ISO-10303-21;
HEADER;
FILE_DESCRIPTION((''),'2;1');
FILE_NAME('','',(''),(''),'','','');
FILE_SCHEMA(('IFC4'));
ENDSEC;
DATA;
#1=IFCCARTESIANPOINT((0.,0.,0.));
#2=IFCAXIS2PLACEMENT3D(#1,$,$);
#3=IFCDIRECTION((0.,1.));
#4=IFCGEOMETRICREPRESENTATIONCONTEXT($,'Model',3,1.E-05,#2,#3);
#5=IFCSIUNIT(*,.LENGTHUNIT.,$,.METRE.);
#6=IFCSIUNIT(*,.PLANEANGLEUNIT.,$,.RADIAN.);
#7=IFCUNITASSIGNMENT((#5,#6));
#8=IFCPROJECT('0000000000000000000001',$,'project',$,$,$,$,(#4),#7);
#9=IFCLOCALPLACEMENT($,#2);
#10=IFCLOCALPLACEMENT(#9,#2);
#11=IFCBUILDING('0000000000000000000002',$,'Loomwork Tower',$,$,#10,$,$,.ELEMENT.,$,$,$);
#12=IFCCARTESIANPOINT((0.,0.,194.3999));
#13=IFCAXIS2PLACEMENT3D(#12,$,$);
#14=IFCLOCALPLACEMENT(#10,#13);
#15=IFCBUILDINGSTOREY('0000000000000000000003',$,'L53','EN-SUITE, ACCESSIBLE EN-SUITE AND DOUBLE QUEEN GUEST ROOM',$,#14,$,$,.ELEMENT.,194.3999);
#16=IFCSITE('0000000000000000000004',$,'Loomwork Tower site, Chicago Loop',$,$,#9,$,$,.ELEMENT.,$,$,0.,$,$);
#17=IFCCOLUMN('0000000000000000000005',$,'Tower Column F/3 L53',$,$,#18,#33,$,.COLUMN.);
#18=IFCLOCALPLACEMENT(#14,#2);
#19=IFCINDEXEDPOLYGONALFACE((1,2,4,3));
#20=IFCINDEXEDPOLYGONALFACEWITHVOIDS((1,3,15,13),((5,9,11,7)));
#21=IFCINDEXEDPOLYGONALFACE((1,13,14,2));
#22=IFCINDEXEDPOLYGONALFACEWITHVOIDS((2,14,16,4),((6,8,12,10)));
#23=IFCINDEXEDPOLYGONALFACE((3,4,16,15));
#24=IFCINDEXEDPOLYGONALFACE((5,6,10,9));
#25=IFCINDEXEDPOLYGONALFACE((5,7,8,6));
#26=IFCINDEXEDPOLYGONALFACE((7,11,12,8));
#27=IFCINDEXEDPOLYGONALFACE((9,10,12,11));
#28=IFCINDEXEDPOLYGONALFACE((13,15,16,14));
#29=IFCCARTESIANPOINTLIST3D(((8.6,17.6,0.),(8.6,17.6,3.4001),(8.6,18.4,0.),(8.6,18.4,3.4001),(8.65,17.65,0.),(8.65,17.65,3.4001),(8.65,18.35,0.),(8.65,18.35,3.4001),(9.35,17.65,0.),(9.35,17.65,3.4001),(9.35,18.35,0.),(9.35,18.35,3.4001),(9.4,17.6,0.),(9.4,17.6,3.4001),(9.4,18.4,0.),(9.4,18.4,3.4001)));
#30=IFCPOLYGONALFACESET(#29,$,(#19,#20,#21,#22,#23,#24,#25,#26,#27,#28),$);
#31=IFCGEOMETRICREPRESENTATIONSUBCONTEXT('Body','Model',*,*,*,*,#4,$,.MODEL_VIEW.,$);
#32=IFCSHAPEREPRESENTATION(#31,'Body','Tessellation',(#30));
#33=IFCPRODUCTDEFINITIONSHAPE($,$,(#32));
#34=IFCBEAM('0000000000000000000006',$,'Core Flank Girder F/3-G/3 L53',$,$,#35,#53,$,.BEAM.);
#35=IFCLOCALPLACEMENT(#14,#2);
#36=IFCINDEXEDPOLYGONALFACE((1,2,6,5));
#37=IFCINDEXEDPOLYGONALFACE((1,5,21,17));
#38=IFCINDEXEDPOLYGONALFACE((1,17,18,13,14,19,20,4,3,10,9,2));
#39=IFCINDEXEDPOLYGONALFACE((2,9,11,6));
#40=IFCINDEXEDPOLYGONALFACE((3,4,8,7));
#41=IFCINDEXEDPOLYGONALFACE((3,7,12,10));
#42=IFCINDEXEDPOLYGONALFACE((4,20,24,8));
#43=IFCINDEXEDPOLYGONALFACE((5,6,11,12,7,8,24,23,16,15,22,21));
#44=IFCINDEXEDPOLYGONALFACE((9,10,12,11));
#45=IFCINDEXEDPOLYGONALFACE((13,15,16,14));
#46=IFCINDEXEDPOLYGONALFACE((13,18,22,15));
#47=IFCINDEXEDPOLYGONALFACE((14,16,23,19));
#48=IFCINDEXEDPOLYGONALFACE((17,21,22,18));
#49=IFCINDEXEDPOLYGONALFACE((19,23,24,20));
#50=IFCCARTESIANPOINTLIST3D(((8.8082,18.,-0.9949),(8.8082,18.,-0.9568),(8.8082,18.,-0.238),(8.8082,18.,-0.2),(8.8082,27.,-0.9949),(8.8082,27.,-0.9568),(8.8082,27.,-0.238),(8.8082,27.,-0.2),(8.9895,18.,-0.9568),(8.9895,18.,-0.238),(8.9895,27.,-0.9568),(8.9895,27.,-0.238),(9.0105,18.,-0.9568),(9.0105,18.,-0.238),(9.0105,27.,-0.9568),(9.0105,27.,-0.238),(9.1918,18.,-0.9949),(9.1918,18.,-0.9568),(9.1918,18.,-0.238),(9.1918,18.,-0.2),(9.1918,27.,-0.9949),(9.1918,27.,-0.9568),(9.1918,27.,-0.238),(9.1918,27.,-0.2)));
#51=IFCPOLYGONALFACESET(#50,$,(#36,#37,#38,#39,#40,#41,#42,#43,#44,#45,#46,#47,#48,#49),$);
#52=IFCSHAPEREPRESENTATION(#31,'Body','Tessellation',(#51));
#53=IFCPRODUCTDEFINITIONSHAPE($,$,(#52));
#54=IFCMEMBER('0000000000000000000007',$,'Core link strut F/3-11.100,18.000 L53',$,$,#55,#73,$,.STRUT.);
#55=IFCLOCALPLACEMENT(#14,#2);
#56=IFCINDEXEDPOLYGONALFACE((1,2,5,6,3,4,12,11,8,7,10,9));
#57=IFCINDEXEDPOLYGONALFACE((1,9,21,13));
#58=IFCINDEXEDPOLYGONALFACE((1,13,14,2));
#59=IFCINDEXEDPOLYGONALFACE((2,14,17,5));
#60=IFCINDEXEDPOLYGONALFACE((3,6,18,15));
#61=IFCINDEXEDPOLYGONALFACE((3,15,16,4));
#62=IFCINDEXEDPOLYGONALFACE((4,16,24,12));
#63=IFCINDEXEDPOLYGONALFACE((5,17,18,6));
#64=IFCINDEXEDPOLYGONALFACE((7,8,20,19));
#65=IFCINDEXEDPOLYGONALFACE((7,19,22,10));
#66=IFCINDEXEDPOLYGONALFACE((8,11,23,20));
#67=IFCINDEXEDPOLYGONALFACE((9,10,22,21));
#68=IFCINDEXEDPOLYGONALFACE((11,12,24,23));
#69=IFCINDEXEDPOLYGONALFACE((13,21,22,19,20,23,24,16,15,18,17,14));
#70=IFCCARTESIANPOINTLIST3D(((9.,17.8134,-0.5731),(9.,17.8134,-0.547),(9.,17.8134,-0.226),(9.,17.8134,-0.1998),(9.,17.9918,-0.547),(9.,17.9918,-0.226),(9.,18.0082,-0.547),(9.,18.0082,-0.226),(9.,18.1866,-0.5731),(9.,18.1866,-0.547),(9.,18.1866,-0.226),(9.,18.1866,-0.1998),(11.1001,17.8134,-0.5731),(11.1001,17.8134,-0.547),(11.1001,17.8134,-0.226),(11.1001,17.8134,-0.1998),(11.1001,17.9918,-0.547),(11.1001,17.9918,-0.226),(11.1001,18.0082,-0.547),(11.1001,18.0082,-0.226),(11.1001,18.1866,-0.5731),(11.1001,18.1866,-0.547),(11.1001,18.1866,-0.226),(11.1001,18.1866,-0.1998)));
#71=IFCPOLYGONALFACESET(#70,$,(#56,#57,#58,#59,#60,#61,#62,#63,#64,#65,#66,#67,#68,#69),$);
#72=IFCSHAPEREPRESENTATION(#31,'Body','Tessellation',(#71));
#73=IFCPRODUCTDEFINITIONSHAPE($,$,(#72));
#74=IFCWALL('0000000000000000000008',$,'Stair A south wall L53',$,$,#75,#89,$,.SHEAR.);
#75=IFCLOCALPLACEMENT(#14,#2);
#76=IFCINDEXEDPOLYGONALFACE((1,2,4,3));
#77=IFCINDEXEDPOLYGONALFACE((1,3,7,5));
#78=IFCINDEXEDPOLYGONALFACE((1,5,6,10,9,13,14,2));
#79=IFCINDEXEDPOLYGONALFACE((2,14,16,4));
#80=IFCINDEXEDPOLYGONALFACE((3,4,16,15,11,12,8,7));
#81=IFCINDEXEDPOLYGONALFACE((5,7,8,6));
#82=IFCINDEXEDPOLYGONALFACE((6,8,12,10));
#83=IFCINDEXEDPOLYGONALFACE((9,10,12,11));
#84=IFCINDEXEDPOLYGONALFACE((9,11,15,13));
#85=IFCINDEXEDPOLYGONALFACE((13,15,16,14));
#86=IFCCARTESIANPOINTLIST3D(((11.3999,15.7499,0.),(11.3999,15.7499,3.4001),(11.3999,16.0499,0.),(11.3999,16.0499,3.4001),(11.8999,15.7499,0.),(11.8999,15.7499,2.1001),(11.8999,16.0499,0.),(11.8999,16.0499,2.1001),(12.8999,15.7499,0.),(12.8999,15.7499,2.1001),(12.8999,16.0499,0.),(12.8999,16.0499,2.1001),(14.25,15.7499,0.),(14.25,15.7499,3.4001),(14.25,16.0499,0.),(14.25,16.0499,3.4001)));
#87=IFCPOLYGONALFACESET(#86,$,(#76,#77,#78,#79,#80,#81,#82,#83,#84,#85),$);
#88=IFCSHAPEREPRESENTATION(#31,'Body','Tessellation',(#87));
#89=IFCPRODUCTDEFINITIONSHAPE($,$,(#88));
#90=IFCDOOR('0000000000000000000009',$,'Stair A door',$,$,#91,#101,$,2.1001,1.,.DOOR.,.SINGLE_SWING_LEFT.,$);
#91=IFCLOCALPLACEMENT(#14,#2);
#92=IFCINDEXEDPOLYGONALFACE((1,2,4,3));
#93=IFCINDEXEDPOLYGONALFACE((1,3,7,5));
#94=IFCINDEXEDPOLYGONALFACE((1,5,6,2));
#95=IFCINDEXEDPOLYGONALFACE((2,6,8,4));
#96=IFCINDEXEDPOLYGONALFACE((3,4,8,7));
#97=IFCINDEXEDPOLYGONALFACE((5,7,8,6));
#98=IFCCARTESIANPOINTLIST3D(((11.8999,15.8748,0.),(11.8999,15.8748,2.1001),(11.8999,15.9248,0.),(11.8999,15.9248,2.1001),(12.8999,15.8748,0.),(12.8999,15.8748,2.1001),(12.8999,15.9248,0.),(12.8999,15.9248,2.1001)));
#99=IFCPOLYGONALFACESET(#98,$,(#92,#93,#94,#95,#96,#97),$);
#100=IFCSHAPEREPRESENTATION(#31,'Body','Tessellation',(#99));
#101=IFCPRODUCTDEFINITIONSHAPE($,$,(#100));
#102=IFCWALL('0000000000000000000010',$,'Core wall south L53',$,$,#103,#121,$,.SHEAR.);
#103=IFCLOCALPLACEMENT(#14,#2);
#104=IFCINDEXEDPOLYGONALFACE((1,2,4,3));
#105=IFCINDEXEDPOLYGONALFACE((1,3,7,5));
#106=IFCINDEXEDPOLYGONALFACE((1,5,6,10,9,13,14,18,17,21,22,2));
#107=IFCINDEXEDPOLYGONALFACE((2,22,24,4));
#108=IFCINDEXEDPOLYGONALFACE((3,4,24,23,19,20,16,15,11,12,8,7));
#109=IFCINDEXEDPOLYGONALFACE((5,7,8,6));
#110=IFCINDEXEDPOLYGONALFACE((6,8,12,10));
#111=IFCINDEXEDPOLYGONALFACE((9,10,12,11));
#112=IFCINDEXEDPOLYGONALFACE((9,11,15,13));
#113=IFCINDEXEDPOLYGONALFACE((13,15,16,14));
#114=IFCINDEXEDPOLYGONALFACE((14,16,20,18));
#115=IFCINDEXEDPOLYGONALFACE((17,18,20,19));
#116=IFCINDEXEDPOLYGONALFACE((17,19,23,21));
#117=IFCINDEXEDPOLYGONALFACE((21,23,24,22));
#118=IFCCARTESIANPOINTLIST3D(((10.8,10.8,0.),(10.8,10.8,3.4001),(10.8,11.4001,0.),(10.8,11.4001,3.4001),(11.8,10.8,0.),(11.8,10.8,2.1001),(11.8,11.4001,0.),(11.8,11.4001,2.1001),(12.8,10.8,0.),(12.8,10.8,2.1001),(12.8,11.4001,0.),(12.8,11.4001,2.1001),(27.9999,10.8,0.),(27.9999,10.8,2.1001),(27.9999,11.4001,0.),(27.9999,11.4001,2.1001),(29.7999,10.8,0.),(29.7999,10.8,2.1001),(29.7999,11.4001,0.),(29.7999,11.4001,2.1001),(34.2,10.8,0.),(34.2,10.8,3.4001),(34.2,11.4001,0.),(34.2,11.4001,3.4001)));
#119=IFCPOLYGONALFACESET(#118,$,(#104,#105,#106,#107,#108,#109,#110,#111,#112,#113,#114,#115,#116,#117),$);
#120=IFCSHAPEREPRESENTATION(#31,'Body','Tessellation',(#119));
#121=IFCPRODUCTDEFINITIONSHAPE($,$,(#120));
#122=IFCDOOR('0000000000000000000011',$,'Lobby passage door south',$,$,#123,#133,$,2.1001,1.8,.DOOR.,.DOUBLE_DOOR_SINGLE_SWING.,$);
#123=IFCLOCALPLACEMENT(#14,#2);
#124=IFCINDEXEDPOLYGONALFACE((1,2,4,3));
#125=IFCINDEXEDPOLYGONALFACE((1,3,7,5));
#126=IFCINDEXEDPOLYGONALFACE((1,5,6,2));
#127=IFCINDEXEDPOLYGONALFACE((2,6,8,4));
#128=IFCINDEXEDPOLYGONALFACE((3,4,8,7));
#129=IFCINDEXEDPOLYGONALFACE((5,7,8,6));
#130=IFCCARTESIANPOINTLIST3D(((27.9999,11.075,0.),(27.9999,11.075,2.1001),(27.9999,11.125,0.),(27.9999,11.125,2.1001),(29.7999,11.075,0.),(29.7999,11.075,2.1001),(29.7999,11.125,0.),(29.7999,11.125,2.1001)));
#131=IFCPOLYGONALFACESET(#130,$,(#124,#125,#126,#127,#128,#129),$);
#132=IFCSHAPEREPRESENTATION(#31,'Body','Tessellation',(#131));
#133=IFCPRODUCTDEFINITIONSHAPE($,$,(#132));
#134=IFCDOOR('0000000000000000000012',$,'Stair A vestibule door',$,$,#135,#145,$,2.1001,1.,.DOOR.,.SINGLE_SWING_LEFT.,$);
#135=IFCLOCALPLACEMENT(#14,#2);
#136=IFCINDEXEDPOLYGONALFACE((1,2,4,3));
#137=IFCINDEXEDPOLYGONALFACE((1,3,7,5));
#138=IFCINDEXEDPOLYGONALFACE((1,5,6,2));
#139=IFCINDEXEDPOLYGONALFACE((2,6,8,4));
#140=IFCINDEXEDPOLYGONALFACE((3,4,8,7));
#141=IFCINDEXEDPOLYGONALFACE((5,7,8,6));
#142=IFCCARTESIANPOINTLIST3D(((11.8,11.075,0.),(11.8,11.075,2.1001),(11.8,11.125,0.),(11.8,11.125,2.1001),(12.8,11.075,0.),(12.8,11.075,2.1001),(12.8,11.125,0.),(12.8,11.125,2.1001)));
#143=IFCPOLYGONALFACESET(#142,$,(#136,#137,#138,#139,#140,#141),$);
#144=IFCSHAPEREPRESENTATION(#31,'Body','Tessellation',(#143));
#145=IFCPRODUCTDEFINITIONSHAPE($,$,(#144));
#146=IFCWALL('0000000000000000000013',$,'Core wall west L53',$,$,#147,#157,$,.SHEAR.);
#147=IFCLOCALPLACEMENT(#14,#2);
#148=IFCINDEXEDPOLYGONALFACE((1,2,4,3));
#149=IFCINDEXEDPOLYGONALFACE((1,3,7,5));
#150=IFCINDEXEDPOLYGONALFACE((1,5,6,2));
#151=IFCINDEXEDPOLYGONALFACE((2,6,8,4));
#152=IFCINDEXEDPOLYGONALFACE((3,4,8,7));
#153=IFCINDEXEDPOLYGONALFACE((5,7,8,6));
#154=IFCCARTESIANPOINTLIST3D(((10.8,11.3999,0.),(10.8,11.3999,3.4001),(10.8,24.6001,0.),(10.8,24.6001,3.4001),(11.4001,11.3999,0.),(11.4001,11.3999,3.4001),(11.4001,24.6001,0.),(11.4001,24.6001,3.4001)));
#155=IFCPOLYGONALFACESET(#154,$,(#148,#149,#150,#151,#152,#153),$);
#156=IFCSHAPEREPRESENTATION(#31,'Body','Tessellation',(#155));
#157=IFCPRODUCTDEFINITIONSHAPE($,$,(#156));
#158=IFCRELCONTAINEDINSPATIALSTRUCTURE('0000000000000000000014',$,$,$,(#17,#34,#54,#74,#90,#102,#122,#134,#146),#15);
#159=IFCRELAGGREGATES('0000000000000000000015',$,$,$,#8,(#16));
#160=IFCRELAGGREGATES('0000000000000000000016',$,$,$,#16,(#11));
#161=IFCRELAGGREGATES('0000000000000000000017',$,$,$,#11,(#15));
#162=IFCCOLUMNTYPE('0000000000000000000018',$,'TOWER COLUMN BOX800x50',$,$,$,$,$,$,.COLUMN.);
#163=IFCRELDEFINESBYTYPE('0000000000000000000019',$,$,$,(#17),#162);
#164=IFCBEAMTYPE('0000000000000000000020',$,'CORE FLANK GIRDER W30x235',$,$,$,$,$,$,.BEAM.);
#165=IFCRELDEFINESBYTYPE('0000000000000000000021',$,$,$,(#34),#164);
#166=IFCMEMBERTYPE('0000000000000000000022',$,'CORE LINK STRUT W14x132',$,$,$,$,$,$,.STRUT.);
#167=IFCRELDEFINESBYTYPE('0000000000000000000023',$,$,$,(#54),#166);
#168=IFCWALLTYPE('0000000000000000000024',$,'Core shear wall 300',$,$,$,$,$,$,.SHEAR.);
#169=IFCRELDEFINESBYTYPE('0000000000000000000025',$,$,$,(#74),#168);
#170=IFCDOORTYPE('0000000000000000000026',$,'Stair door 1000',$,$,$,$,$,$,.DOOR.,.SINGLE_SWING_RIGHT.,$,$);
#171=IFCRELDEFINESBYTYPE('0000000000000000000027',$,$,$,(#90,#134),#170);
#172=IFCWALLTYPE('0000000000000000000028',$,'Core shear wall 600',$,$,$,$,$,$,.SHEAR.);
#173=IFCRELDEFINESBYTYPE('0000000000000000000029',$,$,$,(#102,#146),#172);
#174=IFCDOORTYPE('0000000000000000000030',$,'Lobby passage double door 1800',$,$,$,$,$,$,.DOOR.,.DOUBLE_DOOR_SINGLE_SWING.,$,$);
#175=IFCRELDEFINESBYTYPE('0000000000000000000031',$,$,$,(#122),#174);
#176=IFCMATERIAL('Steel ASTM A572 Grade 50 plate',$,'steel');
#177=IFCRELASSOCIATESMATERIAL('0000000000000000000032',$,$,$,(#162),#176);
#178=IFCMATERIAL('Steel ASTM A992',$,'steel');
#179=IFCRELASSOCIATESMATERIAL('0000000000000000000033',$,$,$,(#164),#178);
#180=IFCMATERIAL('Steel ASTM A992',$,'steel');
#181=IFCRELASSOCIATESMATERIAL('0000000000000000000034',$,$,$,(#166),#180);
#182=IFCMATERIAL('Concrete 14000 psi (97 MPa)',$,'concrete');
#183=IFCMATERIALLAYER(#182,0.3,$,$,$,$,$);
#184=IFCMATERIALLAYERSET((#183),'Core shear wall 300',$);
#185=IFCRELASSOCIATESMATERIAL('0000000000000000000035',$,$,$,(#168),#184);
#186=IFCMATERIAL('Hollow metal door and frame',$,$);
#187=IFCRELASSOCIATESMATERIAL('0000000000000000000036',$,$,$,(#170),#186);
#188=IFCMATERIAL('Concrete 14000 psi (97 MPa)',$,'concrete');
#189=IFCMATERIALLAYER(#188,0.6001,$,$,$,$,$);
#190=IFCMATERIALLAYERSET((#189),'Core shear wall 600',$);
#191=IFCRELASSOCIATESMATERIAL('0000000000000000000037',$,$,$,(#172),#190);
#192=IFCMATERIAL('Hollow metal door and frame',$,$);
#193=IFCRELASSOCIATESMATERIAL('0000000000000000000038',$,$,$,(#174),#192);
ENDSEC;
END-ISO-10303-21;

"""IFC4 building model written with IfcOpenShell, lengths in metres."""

from ifc_helpers import new_model, si_unit, direction, frame, frame_2d, origin, origin_2d, place, context, subcontext, project, spatial, rectangle, hollow_rectangle, i_section, extrude, material, layer, layer_set, material_profile, profile_set, type_object, element, fill, save


model = new_model("IFC4")

# Units and contexts
model_context = context("Model", 3, precision=1e-05, world=origin(), true_north=direction((0.0, 1.0)))
body_context = subcontext(model_context, "Body", "Model", "MODEL_VIEW")
ifc_project = project(units=[si_unit("LENGTHUNIT", "METRE"), si_unit("PLANEANGLEUNIT", "RADIAN")], contexts=[model_context])

# Site, building, storey
site_placement = place(None, origin())
site = spatial("IfcSite", under=ifc_project, at=site_placement, Name="Loomwork Tower site, Chicago Loop", CompositionType="ELEMENT", RefElevation=0.0)
building_placement = place(site_placement, origin())
building = spatial("IfcBuilding", under=site, at=building_placement, Name="Loomwork Tower", CompositionType="ELEMENT")
storey_placement = place(building_placement, frame((0.0, 0.0, 194.3999)))
storey = spatial("IfcBuildingStorey", under=building, at=storey_placement, Name="L53", Description="EN-SUITE, ACCESSIBLE EN-SUITE AND DOUBLE QUEEN GUEST ROOM", CompositionType="ELEMENT", Elevation=194.3999)

# Column
ifc_material_1 = material(Name="Steel ASTM A572 Grade 50 plate", Category="steel")
ifc_material_profile_1 = material_profile(ifc_material_1, hollow_rectangle(XDim=0.8, YDim=0.8, WallThickness=0.05, at=origin_2d()), Name="BOX800x50")
ifc_profile_set_1 = profile_set([ifc_material_profile_1], Name="Steel ASTM A572 Grade 50 plate")
column_type = type_object("IfcColumnType", Name="TOWER COLUMN BOX800x50", PredefinedType="COLUMN", material=ifc_profile_set_1)
column_placement = place(storey_placement, frame((9.0, 18.0, 0.0), z_axis=(0.0, 0.0, 1.0), x_axis=(1.0, 0.0, 0.0)))
element("IfcColumn", 1, at=column_placement, inside=storey, type_object=column_type, Name="Tower Column F/3 L53", PredefinedType="COLUMN", context=body_context, shape_type="SweptSolid", body=[
    extrude(hollow_rectangle(XDim=0.8, YDim=0.8, WallThickness=0.05, at=origin_2d()), origin(), (0.0, 0.0, 1.0), 3.4001),
])

# Beam
ifc_material_2 = material(Name="Steel ASTM A992", Category="steel")
ifc_material_profile_2 = material_profile(ifc_material_2, i_section(OverallWidth=0.3835, OverallDepth=0.7949, WebThickness=0.021, FlangeThickness=0.0381, at=origin_2d()), Name="W30x235")
ifc_profile_set_2 = profile_set([ifc_material_profile_2], Name="Steel ASTM A992")
beam_type = type_object("IfcBeamType", Name="CORE FLANK GIRDER W30x235", PredefinedType="BEAM", material=ifc_profile_set_2)
beam_placement = place(storey_placement, frame((9.0, 18.0, -0.5974), z_axis=(0.0, 1.0, 0.0), x_axis=(-1.0, 0.0, 0.0)))
element("IfcBeam", 2, at=beam_placement, inside=storey, type_object=beam_type, Name="Core Flank Girder F/3-G/3 L53", PredefinedType="BEAM", context=body_context, shape_type="SweptSolid", body=[
    extrude(i_section(OverallWidth=0.3835, OverallDepth=0.7949, WebThickness=0.021, FlangeThickness=0.0381, at=origin_2d()), origin(), (0.0, 0.0, 1.0), 9.0),
])

# Member
ifc_material_3 = material(Name="Steel ASTM A992", Category="steel")
ifc_material_profile_3 = material_profile(ifc_material_3, i_section(OverallWidth=0.3733, OverallDepth=0.3733, WebThickness=0.0164, FlangeThickness=0.0261, at=origin_2d()), Name="W14x132")
ifc_profile_set_3 = profile_set([ifc_material_profile_3], Name="Steel ASTM A992")
member_type = type_object("IfcMemberType", Name="CORE LINK STRUT W14x132", PredefinedType="STRUT", material=ifc_profile_set_3)
member_placement = place(storey_placement, frame((9.0, 18.0, -0.3865), z_axis=(1.0, 0.0, 0.0), x_axis=(0.0, 1.0, 0.0)))
element("IfcMember", 3, at=member_placement, inside=storey, type_object=member_type, Name="Core link strut F/3-11.100,18.000 L53", PredefinedType="STRUT", context=body_context, shape_type="SweptSolid", body=[
    extrude(i_section(OverallWidth=0.3733, OverallDepth=0.3733, WebThickness=0.0164, FlangeThickness=0.0261, at=origin_2d()), origin(), (0.0, 0.0, 1.0), 2.1001),
])

# Wall, opening, door
ifc_material_4 = material(Name="Concrete 14000 psi (97 MPa)", Category="concrete")
ifc_layer_1 = layer(ifc_material_4, 0.3)
ifc_layer_set_1 = layer_set([ifc_layer_1], Name="Core shear wall 300")
wall_type_1 = type_object("IfcWallType", Name="Core shear wall 300", PredefinedType="SHEAR", material=ifc_layer_set_1)
wall_1_placement = place(storey_placement, frame((11.3999, 15.8999, 0.0), z_axis=(0.0, 0.0, 1.0), x_axis=(1.0, 0.0, 0.0)))
wall_1 = element("IfcWall", 4, at=wall_1_placement, inside=storey, type_object=wall_type_1, Name="Stair A south wall L53", PredefinedType="SHEAR", context=body_context, shape_type="SweptSolid", body=[
    extrude(rectangle(XDim=2.8501, YDim=0.3, at=frame_2d((1.425, 0.0))), origin(), (0.0, 0.0, 1.0), 3.4001),
])
opening_1_placement = place(wall_1_placement, frame((0.5, 0.0, 0.0)))
opening_1 = element("IfcOpeningElement", 5, at=opening_1_placement, cuts=wall_1, PredefinedType="OPENING", context=body_context, shape_type="SweptSolid", body=[
    extrude(rectangle(XDim=1.0, YDim=2.1001, at=frame_2d((0.5, 1.05))), frame((0.0, 0.1599, 0.0), z_axis=(0.0, -1.0, 0.0), x_axis=(1.0, 0.0, 0.0)), (0.0, 0.0, 1.0), 0.3201),
])
ifc_material_5 = material(Name="Hollow metal door and frame")
door_type_1 = type_object("IfcDoorType", Name="Stair door 1000", OperationType="SINGLE_SWING_RIGHT", PredefinedType="DOOR", material=ifc_material_5)
door_1_placement = place(opening_1_placement, origin())
door_1 = element("IfcDoor", 6, at=door_1_placement, inside=storey, type_object=door_type_1, Name="Stair A door", OperationType="SINGLE_SWING_LEFT", OverallHeight=2.1001, OverallWidth=1.0, PredefinedType="DOOR", context=body_context, shape_type="SweptSolid", body=[
    extrude(rectangle(XDim=1.0, YDim=2.1001, at=frame_2d((0.5, 1.05))), frame((0.0, 0.0249, 0.0), z_axis=(0.0, -1.0, 0.0), x_axis=(1.0, 0.0, 0.0)), (0.0, 0.0, 1.0), 0.05),
])
fill(opening_1, door_1)

# Wall, openings, doors
ifc_material_6 = material(Name="Concrete 14000 psi (97 MPa)", Category="concrete")
ifc_layer_2 = layer(ifc_material_6, 0.6001)
ifc_layer_set_2 = layer_set([ifc_layer_2], Name="Core shear wall 600")
wall_type_2 = type_object("IfcWallType", Name="Core shear wall 600", PredefinedType="SHEAR", material=ifc_layer_set_2)
wall_2_placement = place(storey_placement, frame((10.8, 11.1001, 0.0), z_axis=(0.0, 0.0, 1.0), x_axis=(1.0, 0.0, 0.0)))
wall_2 = element("IfcWall", 7, at=wall_2_placement, inside=storey, type_object=wall_type_2, Name="Core wall south L53", PredefinedType="SHEAR", context=body_context, shape_type="SweptSolid", body=[
    extrude(rectangle(XDim=23.3999, YDim=0.6001, at=frame_2d((11.7, 0.0))), origin(), (0.0, 0.0, 1.0), 3.4001),
])
opening_2_placement = place(wall_2_placement, frame((1.0, 0.0, 0.0)))
opening_2 = element("IfcOpeningElement", 8, at=opening_2_placement, cuts=wall_2, PredefinedType="OPENING", context=body_context, shape_type="SweptSolid", body=[
    extrude(rectangle(XDim=1.0, YDim=2.1001, at=frame_2d((0.5, 1.05))), frame((0.0, 0.3101, 0.0), z_axis=(0.0, -1.0, 0.0), x_axis=(1.0, 0.0, 0.0)), (0.0, 0.0, 1.0), 0.6201),
])
opening_3_placement = place(wall_2_placement, frame((17.2, 0.0, 0.0)))
opening_3 = element("IfcOpeningElement", 9, at=opening_3_placement, cuts=wall_2, PredefinedType="OPENING", context=body_context, shape_type="SweptSolid", body=[
    extrude(rectangle(XDim=1.8, YDim=2.1001, at=frame_2d((0.8999, 1.05))), frame((0.0, 0.3101, 0.0), z_axis=(0.0, -1.0, 0.0), x_axis=(1.0, 0.0, 0.0)), (0.0, 0.0, 1.0), 0.6201),
])
ifc_material_7 = material(Name="Hollow metal door and frame")
door_type_2 = type_object("IfcDoorType", Name="Lobby passage double door 1800", OperationType="DOUBLE_DOOR_SINGLE_SWING", PredefinedType="DOOR", material=ifc_material_7)
door_2_placement = place(opening_3_placement, origin())
door_2 = element("IfcDoor", 10, at=door_2_placement, inside=storey, type_object=door_type_2, Name="Lobby passage door south", OperationType="DOUBLE_DOOR_SINGLE_SWING", OverallHeight=2.1001, OverallWidth=1.8, PredefinedType="DOOR", context=body_context, shape_type="SweptSolid", body=[
    extrude(rectangle(XDim=1.8, YDim=2.1001, at=frame_2d((0.8999, 1.05))), frame((0.0, 0.0249, 0.0), z_axis=(0.0, -1.0, 0.0), x_axis=(1.0, 0.0, 0.0)), (0.0, 0.0, 1.0), 0.05),
])
fill(opening_3, door_2)
door_3_placement = place(opening_2_placement, origin())
door_3 = element("IfcDoor", 11, at=door_3_placement, inside=storey, type_object=door_type_1, Name="Stair A vestibule door", OperationType="SINGLE_SWING_LEFT", OverallHeight=2.1001, OverallWidth=1.0, PredefinedType="DOOR", context=body_context, shape_type="SweptSolid", body=[
    extrude(rectangle(XDim=1.0, YDim=2.1001, at=frame_2d((0.5, 1.05))), frame((0.0, 0.0249, 0.0), z_axis=(0.0, -1.0, 0.0), x_axis=(1.0, 0.0, 0.0)), (0.0, 0.0, 1.0), 0.05),
])
fill(opening_2, door_3)

# Wall
wall_3_placement = place(storey_placement, frame((11.1001, 11.3999, 0.0), z_axis=(0.0, 0.0, 1.0), x_axis=(0.0, 1.0, 0.0)))
element("IfcWall", 12, at=wall_3_placement, inside=storey, type_object=wall_type_2, Name="Core wall west L53", PredefinedType="SHEAR", context=body_context, shape_type="SweptSolid", body=[
    extrude(rectangle(XDim=13.2002, YDim=0.6001, at=frame_2d((6.6001, 0.0))), origin(), (0.0, 0.0, 1.0), 3.4001),
])

save(model, "model.ifc")
